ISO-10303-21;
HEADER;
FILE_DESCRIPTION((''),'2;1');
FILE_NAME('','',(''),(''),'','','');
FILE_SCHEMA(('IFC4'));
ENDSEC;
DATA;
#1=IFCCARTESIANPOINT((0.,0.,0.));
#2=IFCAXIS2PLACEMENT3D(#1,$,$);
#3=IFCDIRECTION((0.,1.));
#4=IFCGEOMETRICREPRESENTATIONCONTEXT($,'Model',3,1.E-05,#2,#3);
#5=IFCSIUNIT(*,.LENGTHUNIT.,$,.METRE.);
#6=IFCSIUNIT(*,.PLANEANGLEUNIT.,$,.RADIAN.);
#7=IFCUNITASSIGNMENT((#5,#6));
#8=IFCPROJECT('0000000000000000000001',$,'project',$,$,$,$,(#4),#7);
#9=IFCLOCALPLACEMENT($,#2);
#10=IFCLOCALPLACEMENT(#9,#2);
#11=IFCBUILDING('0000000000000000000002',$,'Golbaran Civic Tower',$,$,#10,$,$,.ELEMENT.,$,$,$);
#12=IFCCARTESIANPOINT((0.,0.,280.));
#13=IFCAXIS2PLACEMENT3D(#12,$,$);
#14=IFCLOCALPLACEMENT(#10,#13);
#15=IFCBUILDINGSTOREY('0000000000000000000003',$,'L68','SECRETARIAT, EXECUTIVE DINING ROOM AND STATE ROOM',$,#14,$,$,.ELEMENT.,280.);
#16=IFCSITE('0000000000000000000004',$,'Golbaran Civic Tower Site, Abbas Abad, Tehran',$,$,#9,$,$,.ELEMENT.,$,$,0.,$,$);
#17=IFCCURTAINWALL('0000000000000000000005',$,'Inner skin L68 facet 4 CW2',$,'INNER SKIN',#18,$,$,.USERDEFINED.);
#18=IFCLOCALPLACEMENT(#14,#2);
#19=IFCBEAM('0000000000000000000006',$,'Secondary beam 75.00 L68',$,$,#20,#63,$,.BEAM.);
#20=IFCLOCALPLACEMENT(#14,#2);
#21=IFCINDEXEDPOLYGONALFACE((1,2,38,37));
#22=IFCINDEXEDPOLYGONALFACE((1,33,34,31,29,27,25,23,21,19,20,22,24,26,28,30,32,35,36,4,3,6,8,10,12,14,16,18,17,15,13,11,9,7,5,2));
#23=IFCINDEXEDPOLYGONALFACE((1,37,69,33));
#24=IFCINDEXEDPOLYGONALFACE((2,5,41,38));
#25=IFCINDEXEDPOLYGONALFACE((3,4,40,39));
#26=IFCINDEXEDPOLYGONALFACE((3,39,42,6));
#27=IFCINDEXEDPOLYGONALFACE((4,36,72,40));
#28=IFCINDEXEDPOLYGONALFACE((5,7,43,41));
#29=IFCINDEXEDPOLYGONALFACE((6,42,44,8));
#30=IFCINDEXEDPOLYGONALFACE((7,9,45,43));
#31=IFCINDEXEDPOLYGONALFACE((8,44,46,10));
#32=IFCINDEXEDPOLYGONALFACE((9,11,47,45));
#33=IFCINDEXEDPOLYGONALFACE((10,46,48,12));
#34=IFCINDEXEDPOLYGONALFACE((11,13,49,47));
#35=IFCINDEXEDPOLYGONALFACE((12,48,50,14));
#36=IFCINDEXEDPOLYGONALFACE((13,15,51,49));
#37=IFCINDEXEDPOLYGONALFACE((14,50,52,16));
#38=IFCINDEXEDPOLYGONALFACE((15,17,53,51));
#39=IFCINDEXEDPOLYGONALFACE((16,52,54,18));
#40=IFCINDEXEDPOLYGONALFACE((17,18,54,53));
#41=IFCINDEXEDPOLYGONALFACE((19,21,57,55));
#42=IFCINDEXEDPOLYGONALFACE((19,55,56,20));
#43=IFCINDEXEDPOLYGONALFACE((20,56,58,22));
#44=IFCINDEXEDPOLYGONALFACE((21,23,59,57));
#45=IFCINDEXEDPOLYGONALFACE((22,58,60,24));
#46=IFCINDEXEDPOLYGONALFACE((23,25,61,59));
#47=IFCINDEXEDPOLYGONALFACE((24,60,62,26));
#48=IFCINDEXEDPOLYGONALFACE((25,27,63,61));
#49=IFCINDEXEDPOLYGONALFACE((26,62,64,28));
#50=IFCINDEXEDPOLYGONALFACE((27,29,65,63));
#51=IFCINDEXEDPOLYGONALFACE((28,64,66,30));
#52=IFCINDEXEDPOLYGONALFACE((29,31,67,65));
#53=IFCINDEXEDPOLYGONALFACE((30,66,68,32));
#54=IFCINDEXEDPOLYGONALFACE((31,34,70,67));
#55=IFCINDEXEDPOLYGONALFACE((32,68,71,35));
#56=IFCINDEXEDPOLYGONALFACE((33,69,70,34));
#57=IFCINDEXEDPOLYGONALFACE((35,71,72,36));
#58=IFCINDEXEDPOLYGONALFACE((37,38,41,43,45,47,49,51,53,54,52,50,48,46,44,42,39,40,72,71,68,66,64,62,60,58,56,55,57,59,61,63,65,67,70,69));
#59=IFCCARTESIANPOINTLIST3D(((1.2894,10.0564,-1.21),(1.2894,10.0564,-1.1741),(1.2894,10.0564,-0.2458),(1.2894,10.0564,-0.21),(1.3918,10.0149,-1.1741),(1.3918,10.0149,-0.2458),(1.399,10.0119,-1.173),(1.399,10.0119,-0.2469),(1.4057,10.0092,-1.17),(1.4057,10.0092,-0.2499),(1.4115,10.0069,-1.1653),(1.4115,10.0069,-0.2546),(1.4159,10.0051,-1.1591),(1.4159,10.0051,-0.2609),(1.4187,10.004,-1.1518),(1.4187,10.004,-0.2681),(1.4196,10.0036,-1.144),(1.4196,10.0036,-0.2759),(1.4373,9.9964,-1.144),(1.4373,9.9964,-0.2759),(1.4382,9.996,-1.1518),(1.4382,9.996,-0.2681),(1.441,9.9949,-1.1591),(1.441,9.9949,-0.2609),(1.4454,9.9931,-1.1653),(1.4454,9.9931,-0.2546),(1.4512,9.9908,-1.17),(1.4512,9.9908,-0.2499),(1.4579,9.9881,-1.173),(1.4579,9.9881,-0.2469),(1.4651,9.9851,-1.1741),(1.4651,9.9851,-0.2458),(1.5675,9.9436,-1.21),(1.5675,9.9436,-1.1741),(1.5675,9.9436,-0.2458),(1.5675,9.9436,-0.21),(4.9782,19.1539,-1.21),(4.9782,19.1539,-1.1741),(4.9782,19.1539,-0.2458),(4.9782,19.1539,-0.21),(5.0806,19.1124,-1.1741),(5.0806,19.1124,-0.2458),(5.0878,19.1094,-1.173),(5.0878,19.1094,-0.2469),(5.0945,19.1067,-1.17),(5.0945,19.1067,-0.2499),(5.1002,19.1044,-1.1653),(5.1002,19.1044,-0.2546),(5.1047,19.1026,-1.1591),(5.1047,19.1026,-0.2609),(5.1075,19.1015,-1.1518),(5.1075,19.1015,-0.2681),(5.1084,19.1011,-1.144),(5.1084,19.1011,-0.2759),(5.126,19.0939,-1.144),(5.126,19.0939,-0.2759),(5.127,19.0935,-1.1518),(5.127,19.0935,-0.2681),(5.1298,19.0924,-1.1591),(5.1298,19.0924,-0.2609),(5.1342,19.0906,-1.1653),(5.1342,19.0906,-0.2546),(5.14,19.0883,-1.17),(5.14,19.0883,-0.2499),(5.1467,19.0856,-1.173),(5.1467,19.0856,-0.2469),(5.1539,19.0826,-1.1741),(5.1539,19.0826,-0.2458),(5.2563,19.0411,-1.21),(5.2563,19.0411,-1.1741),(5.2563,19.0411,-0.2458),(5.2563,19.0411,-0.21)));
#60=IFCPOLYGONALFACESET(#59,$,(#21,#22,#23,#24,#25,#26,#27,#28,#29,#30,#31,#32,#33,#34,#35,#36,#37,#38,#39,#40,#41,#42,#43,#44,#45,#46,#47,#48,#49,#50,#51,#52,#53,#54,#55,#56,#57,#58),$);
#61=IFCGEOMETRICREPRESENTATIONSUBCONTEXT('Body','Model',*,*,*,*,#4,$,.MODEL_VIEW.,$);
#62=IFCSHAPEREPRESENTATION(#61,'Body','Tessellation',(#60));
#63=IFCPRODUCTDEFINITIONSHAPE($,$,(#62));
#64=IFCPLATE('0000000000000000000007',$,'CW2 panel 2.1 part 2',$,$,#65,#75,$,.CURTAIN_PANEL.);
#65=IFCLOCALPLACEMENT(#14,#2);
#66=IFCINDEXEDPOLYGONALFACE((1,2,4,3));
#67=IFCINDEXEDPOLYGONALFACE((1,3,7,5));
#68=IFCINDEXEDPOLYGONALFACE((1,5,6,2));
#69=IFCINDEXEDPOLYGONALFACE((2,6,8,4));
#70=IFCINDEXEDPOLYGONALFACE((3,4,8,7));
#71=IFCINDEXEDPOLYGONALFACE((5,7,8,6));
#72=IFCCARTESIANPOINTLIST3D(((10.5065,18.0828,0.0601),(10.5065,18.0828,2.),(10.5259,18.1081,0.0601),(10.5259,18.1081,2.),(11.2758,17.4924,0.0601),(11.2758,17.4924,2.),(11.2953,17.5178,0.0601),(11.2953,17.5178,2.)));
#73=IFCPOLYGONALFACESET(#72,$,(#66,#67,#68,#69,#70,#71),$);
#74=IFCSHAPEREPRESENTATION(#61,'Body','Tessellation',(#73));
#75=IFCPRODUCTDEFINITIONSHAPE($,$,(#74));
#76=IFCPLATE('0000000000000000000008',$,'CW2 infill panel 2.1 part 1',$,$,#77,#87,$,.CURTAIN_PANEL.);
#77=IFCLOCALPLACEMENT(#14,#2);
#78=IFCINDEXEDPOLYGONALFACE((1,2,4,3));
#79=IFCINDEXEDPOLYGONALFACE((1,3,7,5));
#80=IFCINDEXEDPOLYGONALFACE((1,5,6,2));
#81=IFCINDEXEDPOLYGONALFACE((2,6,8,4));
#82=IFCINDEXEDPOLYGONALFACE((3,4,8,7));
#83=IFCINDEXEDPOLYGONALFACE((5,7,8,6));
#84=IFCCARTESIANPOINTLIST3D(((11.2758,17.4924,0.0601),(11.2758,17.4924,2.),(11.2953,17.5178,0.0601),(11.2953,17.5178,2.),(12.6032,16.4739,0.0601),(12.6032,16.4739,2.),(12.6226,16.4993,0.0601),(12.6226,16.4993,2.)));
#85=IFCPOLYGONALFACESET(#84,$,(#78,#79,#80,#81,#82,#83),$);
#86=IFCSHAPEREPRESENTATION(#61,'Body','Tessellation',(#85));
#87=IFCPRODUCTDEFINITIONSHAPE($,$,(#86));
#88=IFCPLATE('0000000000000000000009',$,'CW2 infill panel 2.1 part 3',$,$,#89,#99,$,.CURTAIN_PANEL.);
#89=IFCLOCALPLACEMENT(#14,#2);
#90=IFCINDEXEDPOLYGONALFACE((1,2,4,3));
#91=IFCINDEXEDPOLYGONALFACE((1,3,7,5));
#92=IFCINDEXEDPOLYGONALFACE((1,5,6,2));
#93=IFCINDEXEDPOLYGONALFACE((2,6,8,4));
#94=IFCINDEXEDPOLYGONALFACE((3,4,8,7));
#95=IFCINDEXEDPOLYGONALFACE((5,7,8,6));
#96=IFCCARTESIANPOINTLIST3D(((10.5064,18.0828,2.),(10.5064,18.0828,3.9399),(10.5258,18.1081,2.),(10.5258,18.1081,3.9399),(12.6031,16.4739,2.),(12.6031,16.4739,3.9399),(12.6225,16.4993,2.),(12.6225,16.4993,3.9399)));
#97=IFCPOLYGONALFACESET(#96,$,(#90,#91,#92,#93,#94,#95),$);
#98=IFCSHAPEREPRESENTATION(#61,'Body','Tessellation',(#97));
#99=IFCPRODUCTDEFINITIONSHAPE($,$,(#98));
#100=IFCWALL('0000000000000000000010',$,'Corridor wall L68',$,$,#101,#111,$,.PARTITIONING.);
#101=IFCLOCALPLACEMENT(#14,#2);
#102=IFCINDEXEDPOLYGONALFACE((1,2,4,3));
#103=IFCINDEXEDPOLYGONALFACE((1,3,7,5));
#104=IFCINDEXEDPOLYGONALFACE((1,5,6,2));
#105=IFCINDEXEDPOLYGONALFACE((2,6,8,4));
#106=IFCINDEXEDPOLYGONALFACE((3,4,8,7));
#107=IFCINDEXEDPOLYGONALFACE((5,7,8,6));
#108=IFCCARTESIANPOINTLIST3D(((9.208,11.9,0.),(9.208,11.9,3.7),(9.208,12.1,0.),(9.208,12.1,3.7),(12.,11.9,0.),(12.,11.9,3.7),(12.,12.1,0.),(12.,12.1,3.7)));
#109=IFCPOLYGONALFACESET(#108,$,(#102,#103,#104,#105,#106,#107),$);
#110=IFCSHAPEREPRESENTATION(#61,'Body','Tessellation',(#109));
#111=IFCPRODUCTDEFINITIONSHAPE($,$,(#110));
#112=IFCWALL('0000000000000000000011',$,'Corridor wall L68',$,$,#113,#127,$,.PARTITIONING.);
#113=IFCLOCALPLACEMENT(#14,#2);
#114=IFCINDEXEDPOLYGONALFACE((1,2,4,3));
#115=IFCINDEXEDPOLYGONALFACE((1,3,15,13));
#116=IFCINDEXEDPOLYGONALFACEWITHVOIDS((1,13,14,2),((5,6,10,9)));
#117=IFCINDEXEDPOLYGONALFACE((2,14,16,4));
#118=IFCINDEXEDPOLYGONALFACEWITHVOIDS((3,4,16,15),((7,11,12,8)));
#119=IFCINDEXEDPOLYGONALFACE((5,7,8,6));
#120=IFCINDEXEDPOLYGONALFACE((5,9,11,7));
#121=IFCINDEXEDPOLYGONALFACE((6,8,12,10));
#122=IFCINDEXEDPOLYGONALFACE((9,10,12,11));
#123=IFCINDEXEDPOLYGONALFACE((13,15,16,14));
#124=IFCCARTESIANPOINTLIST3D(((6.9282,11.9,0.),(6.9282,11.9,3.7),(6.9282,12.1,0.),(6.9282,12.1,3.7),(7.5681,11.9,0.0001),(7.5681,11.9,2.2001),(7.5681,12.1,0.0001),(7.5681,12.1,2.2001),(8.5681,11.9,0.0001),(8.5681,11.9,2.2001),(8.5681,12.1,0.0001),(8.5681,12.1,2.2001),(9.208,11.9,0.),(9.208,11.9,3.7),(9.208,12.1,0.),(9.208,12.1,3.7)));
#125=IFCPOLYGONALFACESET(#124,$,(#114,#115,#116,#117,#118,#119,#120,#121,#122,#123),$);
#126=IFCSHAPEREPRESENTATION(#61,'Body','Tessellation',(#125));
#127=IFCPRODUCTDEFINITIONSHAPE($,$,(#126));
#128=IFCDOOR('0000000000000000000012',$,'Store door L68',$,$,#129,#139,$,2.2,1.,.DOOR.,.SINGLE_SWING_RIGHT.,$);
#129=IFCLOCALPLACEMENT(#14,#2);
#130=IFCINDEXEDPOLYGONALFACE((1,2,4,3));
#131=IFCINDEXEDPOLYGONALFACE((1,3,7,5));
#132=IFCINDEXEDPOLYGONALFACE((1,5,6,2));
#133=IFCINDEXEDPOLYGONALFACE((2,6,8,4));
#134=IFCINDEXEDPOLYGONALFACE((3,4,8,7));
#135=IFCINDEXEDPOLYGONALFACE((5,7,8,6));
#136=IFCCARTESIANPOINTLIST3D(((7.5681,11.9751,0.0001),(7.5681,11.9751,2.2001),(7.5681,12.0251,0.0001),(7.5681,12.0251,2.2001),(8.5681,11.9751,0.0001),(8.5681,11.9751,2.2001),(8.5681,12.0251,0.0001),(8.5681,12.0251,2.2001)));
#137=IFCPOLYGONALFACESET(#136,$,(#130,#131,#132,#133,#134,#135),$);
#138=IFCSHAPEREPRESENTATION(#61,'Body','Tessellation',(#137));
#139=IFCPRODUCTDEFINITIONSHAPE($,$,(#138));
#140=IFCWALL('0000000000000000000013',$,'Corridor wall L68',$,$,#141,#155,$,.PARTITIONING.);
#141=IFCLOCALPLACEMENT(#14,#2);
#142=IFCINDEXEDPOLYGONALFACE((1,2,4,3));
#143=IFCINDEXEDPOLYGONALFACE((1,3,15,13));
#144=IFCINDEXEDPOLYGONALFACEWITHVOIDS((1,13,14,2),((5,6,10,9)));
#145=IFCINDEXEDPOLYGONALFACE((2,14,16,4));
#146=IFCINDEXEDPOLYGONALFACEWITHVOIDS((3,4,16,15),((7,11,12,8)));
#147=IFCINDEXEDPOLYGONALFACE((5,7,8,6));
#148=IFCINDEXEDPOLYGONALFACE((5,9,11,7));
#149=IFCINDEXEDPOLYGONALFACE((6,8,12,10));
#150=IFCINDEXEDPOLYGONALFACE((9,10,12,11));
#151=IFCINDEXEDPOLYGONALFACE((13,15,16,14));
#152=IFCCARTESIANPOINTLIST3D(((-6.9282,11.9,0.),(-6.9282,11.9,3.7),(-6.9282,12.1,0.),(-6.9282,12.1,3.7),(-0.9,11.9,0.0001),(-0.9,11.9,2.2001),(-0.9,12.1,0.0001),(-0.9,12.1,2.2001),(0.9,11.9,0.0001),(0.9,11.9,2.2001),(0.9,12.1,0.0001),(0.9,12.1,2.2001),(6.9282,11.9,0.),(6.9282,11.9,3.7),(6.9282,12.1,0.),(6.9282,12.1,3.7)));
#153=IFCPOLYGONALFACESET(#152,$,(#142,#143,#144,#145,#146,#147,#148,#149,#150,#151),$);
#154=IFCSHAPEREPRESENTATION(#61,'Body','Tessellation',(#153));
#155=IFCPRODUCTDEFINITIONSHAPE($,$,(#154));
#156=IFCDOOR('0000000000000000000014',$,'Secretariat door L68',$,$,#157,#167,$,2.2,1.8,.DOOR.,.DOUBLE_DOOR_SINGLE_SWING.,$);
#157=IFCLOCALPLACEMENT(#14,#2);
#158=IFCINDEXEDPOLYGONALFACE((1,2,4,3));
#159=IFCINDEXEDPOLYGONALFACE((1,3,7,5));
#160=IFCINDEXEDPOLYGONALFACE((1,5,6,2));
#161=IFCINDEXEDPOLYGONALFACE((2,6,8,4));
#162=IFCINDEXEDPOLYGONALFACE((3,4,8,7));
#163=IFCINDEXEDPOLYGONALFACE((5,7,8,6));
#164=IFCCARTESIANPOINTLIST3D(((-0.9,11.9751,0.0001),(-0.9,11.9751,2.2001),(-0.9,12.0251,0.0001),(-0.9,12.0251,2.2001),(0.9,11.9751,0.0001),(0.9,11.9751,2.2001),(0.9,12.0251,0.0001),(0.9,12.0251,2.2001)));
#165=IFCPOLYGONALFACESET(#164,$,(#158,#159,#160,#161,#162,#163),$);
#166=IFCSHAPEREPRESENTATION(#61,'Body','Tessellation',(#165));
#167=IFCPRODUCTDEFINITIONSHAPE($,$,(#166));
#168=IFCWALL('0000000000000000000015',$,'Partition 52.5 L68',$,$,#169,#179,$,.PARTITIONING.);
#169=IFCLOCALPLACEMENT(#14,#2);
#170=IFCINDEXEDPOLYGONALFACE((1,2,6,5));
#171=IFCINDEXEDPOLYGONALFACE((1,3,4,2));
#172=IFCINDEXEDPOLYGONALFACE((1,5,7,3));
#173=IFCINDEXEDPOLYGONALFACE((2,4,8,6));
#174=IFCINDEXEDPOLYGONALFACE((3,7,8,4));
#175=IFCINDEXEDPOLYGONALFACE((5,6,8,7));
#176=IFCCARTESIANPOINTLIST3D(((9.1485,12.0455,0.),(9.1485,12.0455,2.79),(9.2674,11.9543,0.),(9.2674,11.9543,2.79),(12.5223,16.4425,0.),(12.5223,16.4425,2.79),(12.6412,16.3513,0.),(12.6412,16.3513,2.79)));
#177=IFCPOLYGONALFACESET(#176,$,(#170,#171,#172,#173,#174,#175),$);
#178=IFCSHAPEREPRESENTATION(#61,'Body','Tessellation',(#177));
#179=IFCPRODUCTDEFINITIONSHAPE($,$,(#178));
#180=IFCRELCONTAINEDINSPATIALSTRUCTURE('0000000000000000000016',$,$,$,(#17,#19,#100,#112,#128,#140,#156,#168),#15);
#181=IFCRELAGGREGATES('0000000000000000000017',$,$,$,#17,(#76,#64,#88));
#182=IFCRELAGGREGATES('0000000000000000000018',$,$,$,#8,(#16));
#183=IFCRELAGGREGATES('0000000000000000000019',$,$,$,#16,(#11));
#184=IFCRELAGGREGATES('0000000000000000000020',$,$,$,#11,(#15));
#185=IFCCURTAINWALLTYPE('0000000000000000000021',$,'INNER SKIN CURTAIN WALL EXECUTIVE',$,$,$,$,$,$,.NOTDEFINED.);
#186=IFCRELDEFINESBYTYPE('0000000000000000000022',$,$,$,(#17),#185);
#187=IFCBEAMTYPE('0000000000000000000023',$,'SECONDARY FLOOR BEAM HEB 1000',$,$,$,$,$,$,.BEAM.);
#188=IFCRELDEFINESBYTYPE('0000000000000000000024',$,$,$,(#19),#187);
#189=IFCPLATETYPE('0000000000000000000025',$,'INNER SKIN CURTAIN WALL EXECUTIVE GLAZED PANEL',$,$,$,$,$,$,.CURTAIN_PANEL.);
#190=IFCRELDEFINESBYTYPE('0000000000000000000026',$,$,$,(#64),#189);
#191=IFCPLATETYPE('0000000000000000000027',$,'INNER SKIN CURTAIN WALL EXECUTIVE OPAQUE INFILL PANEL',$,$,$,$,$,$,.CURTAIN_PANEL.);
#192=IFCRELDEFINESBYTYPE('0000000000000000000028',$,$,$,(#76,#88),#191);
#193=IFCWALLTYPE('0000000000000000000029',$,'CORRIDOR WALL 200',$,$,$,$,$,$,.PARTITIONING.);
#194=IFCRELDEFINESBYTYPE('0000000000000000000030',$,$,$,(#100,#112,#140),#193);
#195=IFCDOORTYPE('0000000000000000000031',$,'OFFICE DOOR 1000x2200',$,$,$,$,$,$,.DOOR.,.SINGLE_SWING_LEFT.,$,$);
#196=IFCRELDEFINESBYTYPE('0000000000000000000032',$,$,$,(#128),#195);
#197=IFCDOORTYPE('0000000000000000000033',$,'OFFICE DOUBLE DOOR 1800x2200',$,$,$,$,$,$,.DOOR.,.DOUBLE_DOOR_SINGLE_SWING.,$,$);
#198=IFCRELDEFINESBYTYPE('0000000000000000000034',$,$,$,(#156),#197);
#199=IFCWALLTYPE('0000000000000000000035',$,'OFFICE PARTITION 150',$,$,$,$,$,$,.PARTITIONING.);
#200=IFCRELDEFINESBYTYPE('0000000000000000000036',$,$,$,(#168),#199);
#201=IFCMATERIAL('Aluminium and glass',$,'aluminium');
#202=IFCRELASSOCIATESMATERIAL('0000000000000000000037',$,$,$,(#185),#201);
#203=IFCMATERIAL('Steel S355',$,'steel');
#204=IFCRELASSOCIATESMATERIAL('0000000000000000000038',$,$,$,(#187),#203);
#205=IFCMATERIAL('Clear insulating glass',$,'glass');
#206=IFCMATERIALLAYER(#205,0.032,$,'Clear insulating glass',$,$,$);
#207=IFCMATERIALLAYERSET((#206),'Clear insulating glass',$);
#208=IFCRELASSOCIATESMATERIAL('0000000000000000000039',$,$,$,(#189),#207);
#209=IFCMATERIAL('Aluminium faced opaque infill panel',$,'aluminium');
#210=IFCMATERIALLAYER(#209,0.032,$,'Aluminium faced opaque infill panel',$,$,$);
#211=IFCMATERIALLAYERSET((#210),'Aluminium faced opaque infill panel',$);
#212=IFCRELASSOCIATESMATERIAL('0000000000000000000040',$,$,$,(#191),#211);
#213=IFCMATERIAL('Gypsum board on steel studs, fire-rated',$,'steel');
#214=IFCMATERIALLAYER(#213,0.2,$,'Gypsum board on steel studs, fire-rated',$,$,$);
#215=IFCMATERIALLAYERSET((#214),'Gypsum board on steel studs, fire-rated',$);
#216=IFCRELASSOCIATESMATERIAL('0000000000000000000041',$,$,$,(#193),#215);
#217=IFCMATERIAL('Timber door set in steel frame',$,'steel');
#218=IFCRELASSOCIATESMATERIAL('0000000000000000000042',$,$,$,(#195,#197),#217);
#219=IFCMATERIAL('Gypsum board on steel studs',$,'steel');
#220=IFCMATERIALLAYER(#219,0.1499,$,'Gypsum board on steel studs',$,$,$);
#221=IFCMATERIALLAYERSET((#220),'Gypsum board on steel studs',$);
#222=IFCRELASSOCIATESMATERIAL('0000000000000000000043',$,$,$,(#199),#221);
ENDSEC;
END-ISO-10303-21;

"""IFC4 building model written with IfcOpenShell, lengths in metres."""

from ifc_helpers import new_model, si_unit, direction, frame, frame_2d, origin, origin_2d, place, context, subcontext, project, spatial, rectangle, i_section, extrude, material, layer, layer_set, material_profile, profile_set, type_object, element, fill, aggregate, save


model = new_model("IFC4")

# Units and contexts
model_context = context("Model", 3, precision=1e-05, world=origin(), true_north=direction((0.0, 1.0)))
body_context = subcontext(model_context, "Body", "Model", "MODEL_VIEW")
ifc_project = project(units=[si_unit("LENGTHUNIT", "METRE"), si_unit("PLANEANGLEUNIT", "RADIAN")], contexts=[model_context])

# Site, building, storey
site_placement = place(None, origin())
site = spatial("IfcSite", under=ifc_project, at=site_placement, Name="Golbaran Civic Tower Site, Abbas Abad, Tehran", CompositionType="ELEMENT", RefElevation=0.0)
building_placement = place(site_placement, origin())
building = spatial("IfcBuilding", under=site, at=building_placement, Name="Golbaran Civic Tower", CompositionType="ELEMENT")
storey_placement = place(building_placement, frame((0.0, 0.0, 280.0)))
storey = spatial("IfcBuildingStorey", under=building, at=storey_placement, Name="L68", Description="SECRETARIAT, EXECUTIVE DINING ROOM AND STATE ROOM", CompositionType="ELEMENT", Elevation=280.0)

# Shared definitions
ifc_material_1 = material(Name="Steel S355", Category="steel")

# Curtain wall
ifc_material_2 = material(Name="Aluminium and glass", Category="aluminium")
curtain_wall_type = type_object("IfcCurtainWallType", Name="INNER SKIN CURTAIN WALL EXECUTIVE", PredefinedType="NOTDEFINED", material=ifc_material_2)
curtain_wall_1_placement = place(storey_placement, origin())
curtain_wall_1 = element("IfcCurtainWall", 1, at=curtain_wall_1_placement, inside=storey, type_object=curtain_wall_type, Name="Inner skin L68 facet 4 CW2", ObjectType="INNER SKIN", PredefinedType="USERDEFINED")

# Beam
ifc_material_profile_1 = material_profile(ifc_material_1, i_section(OverallWidth=0.3, OverallDepth=1.0, WebThickness=0.019, FlangeThickness=0.0359, FilletRadius=0.03, at=origin_2d()), Name="HEB 1000")
ifc_profile_set_1 = profile_set([ifc_material_profile_1], Name="Steel S355")
beam_type_1 = type_object("IfcBeamType", Name="SECONDARY FLOOR BEAM HEB 1000", PredefinedType="BEAM", material=ifc_profile_set_1)
beam_1_placement = place(storey_placement, frame((1.4285, 10.0, -0.71), z_axis=(0.375756, 0.926719, 0.0), x_axis=(-0.926719, 0.375756, 0.0)))
element("IfcBeam", 2, at=beam_1_placement, inside=storey, type_object=beam_type_1, Name="Secondary beam 75.00 L68", PredefinedType="BEAM", context=body_context, shape_type="SweptSolid", body=[
    extrude(i_section(OverallWidth=0.3, OverallDepth=1.0, WebThickness=0.019, FlangeThickness=0.0359, FilletRadius=0.03, at=origin_2d()), origin(), (0.0, 0.0, 1.0), 9.8169),
])

# Plates
ifc_material_3 = material(Name="Clear insulating glass", Category="glass")
ifc_layer_1 = layer(ifc_material_3, 0.032, Name="Clear insulating glass")
ifc_layer_set_1 = layer_set([ifc_layer_1], Name="Clear insulating glass")
plate_type_1 = type_object("IfcPlateType", Name="INNER SKIN CURTAIN WALL EXECUTIVE GLAZED PANEL", PredefinedType="CURTAIN_PANEL", material=ifc_layer_set_1)
plate_1_placement = place(storey_placement, frame((10.9009, 17.8003, 0.0601), z_axis=(0.0, 0.0, 1.0), x_axis=(-0.793353, 0.608761, 0.0)))
plate_1 = element("IfcPlate", 3, at=plate_1_placement, type_object=plate_type_1, Name="CW2 panel 2.1 part 2", PredefinedType="CURTAIN_PANEL", context=body_context, shape_type="SweptSolid", body=[
    extrude(rectangle(XDim=0.9697, YDim=0.032, at=origin_2d()), origin(), (0.0, 0.0, 1.0), 1.9399),
])
ifc_material_4 = material(Name="Aluminium faced opaque infill panel", Category="aluminium")
ifc_layer_2 = layer(ifc_material_4, 0.032, Name="Aluminium faced opaque infill panel")
ifc_layer_set_2 = layer_set([ifc_layer_2], Name="Aluminium faced opaque infill panel")
plate_type_2 = type_object("IfcPlateType", Name="INNER SKIN CURTAIN WALL EXECUTIVE OPAQUE INFILL PANEL", PredefinedType="CURTAIN_PANEL", material=ifc_layer_set_2)
plate_2_placement = place(storey_placement, frame((11.9492, 16.9958, 0.0601), z_axis=(0.0, 0.0, 1.0), x_axis=(-0.793353, 0.608761, 0.0)))
plate_2 = element("IfcPlate", 4, at=plate_2_placement, type_object=plate_type_2, Name="CW2 infill panel 2.1 part 1", PredefinedType="CURTAIN_PANEL", context=body_context, shape_type="SweptSolid", body=[
    extrude(rectangle(XDim=1.6731, YDim=0.032, at=origin_2d()), origin(), (0.0, 0.0, 1.0), 1.9399),
])
plate_3_placement = place(storey_placement, frame((11.5645, 17.291, 2.0), z_axis=(0.0, 0.0, 1.0), x_axis=(-0.793353, 0.608761, 0.0)))
plate_3 = element("IfcPlate", 5, at=plate_3_placement, type_object=plate_type_2, Name="CW2 infill panel 2.1 part 3", PredefinedType="CURTAIN_PANEL", context=body_context, shape_type="SweptSolid", body=[
    extrude(rectangle(XDim=2.6428, YDim=0.032, at=origin_2d()), origin(), (0.0, 0.0, 1.0), 1.9399),
])
aggregate(curtain_wall_1, [plate_2, plate_1, plate_3])

# Wall
ifc_material_5 = material(Name="Gypsum board on steel studs, fire-rated", Category="steel")
ifc_layer_3 = layer(ifc_material_5, 0.2, Name="Gypsum board on steel studs, fire-rated")
ifc_layer_set_3 = layer_set([ifc_layer_3], Name="Gypsum board on steel studs, fire-rated")
wall_type_1 = type_object("IfcWallType", Name="CORRIDOR WALL 200", PredefinedType="PARTITIONING", material=ifc_layer_set_3)
wall_1_placement = place(storey_placement, frame((12.0, 12.0, 0.0), z_axis=(0.0, 0.0, 1.0), x_axis=(-1.0, 0.0, 0.0)))
element("IfcWall", 6, at=wall_1_placement, inside=storey, type_object=wall_type_1, Name="Corridor wall L68", PredefinedType="PARTITIONING", context=body_context, shape_type="SweptSolid", body=[
    extrude(rectangle(XDim=2.792, YDim=0.2, at=frame_2d((1.396, 0.0))), origin(), (0.0, 0.0, 1.0), 3.7),
])

# Walls, openings, doors
wall_2_placement = place(storey_placement, frame((9.208, 12.0, 0.0), z_axis=(0.0, 0.0, 1.0), x_axis=(-1.0, 0.0, 0.0)))
wall_2 = element("IfcWall", 7, at=wall_2_placement, inside=storey, type_object=wall_type_1, Name="Corridor wall L68", PredefinedType="PARTITIONING", context=body_context, shape_type="SweptSolid", body=[
    extrude(rectangle(XDim=2.2798, YDim=0.2, at=frame_2d((1.1399, 0.0))), origin(), (0.0, 0.0, 1.0), 3.7),
])
opening_1_placement = place(wall_2_placement, frame((0.6399, 0.0, 0.0)))
opening_1 = element("IfcOpeningElement", 8, at=opening_1_placement, cuts=wall_2, PredefinedType="OPENING", context=body_context, shape_type="SweptSolid", body=[
    extrude(rectangle(XDim=1.0, YDim=2.2, at=frame_2d((0.5, 1.1001))), frame((0.0, 0.1099, 0.0), z_axis=(0.0, -1.0, 0.0), x_axis=(1.0, 0.0, 0.0)), (0.0, 0.0, 1.0), 0.22),
])
ifc_material_6 = material(Name="Timber door set in steel frame", Category="steel")
door_type_1 = type_object("IfcDoorType", Name="OFFICE DOOR 1000x2200", OperationType="SINGLE_SWING_LEFT", PredefinedType="DOOR", material=ifc_material_6)
door_1_placement = place(opening_1_placement, origin())
door_1 = element("IfcDoor", 9, at=door_1_placement, inside=storey, type_object=door_type_1, Name="Store door L68", OperationType="SINGLE_SWING_RIGHT", OverallHeight=2.2, OverallWidth=1.0, PredefinedType="DOOR", context=body_context, shape_type="SweptSolid", body=[
    extrude(rectangle(XDim=1.0, YDim=2.2, at=frame_2d((0.5, 1.1001))), frame((0.0, 0.0249, 0.0), z_axis=(0.0, -1.0, 0.0), x_axis=(1.0, 0.0, 0.0)), (0.0, 0.0, 1.0), 0.05),
])
fill(opening_1, door_1)
wall_3_placement = place(storey_placement, frame((6.9282, 12.0, 0.0), z_axis=(0.0, 0.0, 1.0), x_axis=(-1.0, 0.0, 0.0)))
wall_3 = element("IfcWall", 10, at=wall_3_placement, inside=storey, type_object=wall_type_1, Name="Corridor wall L68", PredefinedType="PARTITIONING", context=body_context, shape_type="SweptSolid", body=[
    extrude(rectangle(XDim=13.8564, YDim=0.2, at=frame_2d((6.9282, 0.0))), origin(), (0.0, 0.0, 1.0), 3.7),
])
opening_2_placement = place(wall_3_placement, frame((6.0283, 0.0, 0.0)))
opening_2 = element("IfcOpeningElement", 11, at=opening_2_placement, cuts=wall_3, PredefinedType="OPENING", context=body_context, shape_type="SweptSolid", body=[
    extrude(rectangle(XDim=1.8, YDim=2.2, at=frame_2d((0.8999, 1.1001))), frame((0.0, 0.1099, 0.0), z_axis=(0.0, -1.0, 0.0), x_axis=(1.0, 0.0, 0.0)), (0.0, 0.0, 1.0), 0.22),
])
door_type_2 = type_object("IfcDoorType", Name="OFFICE DOUBLE DOOR 1800x2200", OperationType="DOUBLE_DOOR_SINGLE_SWING", PredefinedType="DOOR", material=ifc_material_6)
door_2_placement = place(opening_2_placement, origin())
door_2 = element("IfcDoor", 12, at=door_2_placement, inside=storey, type_object=door_type_2, Name="Secretariat door L68", OperationType="DOUBLE_DOOR_SINGLE_SWING", OverallHeight=2.2, OverallWidth=1.8, PredefinedType="DOOR", context=body_context, shape_type="SweptSolid", body=[
    extrude(rectangle(XDim=1.8, YDim=2.2, at=frame_2d((0.8999, 1.1001))), frame((0.0, 0.0249, 0.0), z_axis=(0.0, -1.0, 0.0), x_axis=(1.0, 0.0, 0.0)), (0.0, 0.0, 1.0), 0.05),
])
fill(opening_2, door_2)

# Wall
ifc_material_7 = material(Name="Gypsum board on steel studs", Category="steel")
ifc_layer_4 = layer(ifc_material_7, 0.1499, Name="Gypsum board on steel studs")
ifc_layer_set_4 = layer_set([ifc_layer_4], Name="Gypsum board on steel studs")
wall_type_2 = type_object("IfcWallType", Name="OFFICE PARTITION 150", PredefinedType="PARTITIONING", material=ifc_layer_set_4)
wall_4_placement = place(storey_placement, frame((9.208, 12.0, 0.0), z_axis=(0.0, 0.0, 1.0), x_axis=(0.608746, 0.793365, 0.0)))
element("IfcWall", 13, at=wall_4_placement, inside=storey, type_object=wall_type_2, Name="Partition 52.5 L68", PredefinedType="PARTITIONING", context=body_context, shape_type="SweptSolid", body=[
    extrude(rectangle(XDim=5.5422, YDim=0.1499, at=frame_2d((2.771, 0.0))), origin(), (0.0, 0.0, 1.0), 2.79),
])

save(model, "model.ifc")
